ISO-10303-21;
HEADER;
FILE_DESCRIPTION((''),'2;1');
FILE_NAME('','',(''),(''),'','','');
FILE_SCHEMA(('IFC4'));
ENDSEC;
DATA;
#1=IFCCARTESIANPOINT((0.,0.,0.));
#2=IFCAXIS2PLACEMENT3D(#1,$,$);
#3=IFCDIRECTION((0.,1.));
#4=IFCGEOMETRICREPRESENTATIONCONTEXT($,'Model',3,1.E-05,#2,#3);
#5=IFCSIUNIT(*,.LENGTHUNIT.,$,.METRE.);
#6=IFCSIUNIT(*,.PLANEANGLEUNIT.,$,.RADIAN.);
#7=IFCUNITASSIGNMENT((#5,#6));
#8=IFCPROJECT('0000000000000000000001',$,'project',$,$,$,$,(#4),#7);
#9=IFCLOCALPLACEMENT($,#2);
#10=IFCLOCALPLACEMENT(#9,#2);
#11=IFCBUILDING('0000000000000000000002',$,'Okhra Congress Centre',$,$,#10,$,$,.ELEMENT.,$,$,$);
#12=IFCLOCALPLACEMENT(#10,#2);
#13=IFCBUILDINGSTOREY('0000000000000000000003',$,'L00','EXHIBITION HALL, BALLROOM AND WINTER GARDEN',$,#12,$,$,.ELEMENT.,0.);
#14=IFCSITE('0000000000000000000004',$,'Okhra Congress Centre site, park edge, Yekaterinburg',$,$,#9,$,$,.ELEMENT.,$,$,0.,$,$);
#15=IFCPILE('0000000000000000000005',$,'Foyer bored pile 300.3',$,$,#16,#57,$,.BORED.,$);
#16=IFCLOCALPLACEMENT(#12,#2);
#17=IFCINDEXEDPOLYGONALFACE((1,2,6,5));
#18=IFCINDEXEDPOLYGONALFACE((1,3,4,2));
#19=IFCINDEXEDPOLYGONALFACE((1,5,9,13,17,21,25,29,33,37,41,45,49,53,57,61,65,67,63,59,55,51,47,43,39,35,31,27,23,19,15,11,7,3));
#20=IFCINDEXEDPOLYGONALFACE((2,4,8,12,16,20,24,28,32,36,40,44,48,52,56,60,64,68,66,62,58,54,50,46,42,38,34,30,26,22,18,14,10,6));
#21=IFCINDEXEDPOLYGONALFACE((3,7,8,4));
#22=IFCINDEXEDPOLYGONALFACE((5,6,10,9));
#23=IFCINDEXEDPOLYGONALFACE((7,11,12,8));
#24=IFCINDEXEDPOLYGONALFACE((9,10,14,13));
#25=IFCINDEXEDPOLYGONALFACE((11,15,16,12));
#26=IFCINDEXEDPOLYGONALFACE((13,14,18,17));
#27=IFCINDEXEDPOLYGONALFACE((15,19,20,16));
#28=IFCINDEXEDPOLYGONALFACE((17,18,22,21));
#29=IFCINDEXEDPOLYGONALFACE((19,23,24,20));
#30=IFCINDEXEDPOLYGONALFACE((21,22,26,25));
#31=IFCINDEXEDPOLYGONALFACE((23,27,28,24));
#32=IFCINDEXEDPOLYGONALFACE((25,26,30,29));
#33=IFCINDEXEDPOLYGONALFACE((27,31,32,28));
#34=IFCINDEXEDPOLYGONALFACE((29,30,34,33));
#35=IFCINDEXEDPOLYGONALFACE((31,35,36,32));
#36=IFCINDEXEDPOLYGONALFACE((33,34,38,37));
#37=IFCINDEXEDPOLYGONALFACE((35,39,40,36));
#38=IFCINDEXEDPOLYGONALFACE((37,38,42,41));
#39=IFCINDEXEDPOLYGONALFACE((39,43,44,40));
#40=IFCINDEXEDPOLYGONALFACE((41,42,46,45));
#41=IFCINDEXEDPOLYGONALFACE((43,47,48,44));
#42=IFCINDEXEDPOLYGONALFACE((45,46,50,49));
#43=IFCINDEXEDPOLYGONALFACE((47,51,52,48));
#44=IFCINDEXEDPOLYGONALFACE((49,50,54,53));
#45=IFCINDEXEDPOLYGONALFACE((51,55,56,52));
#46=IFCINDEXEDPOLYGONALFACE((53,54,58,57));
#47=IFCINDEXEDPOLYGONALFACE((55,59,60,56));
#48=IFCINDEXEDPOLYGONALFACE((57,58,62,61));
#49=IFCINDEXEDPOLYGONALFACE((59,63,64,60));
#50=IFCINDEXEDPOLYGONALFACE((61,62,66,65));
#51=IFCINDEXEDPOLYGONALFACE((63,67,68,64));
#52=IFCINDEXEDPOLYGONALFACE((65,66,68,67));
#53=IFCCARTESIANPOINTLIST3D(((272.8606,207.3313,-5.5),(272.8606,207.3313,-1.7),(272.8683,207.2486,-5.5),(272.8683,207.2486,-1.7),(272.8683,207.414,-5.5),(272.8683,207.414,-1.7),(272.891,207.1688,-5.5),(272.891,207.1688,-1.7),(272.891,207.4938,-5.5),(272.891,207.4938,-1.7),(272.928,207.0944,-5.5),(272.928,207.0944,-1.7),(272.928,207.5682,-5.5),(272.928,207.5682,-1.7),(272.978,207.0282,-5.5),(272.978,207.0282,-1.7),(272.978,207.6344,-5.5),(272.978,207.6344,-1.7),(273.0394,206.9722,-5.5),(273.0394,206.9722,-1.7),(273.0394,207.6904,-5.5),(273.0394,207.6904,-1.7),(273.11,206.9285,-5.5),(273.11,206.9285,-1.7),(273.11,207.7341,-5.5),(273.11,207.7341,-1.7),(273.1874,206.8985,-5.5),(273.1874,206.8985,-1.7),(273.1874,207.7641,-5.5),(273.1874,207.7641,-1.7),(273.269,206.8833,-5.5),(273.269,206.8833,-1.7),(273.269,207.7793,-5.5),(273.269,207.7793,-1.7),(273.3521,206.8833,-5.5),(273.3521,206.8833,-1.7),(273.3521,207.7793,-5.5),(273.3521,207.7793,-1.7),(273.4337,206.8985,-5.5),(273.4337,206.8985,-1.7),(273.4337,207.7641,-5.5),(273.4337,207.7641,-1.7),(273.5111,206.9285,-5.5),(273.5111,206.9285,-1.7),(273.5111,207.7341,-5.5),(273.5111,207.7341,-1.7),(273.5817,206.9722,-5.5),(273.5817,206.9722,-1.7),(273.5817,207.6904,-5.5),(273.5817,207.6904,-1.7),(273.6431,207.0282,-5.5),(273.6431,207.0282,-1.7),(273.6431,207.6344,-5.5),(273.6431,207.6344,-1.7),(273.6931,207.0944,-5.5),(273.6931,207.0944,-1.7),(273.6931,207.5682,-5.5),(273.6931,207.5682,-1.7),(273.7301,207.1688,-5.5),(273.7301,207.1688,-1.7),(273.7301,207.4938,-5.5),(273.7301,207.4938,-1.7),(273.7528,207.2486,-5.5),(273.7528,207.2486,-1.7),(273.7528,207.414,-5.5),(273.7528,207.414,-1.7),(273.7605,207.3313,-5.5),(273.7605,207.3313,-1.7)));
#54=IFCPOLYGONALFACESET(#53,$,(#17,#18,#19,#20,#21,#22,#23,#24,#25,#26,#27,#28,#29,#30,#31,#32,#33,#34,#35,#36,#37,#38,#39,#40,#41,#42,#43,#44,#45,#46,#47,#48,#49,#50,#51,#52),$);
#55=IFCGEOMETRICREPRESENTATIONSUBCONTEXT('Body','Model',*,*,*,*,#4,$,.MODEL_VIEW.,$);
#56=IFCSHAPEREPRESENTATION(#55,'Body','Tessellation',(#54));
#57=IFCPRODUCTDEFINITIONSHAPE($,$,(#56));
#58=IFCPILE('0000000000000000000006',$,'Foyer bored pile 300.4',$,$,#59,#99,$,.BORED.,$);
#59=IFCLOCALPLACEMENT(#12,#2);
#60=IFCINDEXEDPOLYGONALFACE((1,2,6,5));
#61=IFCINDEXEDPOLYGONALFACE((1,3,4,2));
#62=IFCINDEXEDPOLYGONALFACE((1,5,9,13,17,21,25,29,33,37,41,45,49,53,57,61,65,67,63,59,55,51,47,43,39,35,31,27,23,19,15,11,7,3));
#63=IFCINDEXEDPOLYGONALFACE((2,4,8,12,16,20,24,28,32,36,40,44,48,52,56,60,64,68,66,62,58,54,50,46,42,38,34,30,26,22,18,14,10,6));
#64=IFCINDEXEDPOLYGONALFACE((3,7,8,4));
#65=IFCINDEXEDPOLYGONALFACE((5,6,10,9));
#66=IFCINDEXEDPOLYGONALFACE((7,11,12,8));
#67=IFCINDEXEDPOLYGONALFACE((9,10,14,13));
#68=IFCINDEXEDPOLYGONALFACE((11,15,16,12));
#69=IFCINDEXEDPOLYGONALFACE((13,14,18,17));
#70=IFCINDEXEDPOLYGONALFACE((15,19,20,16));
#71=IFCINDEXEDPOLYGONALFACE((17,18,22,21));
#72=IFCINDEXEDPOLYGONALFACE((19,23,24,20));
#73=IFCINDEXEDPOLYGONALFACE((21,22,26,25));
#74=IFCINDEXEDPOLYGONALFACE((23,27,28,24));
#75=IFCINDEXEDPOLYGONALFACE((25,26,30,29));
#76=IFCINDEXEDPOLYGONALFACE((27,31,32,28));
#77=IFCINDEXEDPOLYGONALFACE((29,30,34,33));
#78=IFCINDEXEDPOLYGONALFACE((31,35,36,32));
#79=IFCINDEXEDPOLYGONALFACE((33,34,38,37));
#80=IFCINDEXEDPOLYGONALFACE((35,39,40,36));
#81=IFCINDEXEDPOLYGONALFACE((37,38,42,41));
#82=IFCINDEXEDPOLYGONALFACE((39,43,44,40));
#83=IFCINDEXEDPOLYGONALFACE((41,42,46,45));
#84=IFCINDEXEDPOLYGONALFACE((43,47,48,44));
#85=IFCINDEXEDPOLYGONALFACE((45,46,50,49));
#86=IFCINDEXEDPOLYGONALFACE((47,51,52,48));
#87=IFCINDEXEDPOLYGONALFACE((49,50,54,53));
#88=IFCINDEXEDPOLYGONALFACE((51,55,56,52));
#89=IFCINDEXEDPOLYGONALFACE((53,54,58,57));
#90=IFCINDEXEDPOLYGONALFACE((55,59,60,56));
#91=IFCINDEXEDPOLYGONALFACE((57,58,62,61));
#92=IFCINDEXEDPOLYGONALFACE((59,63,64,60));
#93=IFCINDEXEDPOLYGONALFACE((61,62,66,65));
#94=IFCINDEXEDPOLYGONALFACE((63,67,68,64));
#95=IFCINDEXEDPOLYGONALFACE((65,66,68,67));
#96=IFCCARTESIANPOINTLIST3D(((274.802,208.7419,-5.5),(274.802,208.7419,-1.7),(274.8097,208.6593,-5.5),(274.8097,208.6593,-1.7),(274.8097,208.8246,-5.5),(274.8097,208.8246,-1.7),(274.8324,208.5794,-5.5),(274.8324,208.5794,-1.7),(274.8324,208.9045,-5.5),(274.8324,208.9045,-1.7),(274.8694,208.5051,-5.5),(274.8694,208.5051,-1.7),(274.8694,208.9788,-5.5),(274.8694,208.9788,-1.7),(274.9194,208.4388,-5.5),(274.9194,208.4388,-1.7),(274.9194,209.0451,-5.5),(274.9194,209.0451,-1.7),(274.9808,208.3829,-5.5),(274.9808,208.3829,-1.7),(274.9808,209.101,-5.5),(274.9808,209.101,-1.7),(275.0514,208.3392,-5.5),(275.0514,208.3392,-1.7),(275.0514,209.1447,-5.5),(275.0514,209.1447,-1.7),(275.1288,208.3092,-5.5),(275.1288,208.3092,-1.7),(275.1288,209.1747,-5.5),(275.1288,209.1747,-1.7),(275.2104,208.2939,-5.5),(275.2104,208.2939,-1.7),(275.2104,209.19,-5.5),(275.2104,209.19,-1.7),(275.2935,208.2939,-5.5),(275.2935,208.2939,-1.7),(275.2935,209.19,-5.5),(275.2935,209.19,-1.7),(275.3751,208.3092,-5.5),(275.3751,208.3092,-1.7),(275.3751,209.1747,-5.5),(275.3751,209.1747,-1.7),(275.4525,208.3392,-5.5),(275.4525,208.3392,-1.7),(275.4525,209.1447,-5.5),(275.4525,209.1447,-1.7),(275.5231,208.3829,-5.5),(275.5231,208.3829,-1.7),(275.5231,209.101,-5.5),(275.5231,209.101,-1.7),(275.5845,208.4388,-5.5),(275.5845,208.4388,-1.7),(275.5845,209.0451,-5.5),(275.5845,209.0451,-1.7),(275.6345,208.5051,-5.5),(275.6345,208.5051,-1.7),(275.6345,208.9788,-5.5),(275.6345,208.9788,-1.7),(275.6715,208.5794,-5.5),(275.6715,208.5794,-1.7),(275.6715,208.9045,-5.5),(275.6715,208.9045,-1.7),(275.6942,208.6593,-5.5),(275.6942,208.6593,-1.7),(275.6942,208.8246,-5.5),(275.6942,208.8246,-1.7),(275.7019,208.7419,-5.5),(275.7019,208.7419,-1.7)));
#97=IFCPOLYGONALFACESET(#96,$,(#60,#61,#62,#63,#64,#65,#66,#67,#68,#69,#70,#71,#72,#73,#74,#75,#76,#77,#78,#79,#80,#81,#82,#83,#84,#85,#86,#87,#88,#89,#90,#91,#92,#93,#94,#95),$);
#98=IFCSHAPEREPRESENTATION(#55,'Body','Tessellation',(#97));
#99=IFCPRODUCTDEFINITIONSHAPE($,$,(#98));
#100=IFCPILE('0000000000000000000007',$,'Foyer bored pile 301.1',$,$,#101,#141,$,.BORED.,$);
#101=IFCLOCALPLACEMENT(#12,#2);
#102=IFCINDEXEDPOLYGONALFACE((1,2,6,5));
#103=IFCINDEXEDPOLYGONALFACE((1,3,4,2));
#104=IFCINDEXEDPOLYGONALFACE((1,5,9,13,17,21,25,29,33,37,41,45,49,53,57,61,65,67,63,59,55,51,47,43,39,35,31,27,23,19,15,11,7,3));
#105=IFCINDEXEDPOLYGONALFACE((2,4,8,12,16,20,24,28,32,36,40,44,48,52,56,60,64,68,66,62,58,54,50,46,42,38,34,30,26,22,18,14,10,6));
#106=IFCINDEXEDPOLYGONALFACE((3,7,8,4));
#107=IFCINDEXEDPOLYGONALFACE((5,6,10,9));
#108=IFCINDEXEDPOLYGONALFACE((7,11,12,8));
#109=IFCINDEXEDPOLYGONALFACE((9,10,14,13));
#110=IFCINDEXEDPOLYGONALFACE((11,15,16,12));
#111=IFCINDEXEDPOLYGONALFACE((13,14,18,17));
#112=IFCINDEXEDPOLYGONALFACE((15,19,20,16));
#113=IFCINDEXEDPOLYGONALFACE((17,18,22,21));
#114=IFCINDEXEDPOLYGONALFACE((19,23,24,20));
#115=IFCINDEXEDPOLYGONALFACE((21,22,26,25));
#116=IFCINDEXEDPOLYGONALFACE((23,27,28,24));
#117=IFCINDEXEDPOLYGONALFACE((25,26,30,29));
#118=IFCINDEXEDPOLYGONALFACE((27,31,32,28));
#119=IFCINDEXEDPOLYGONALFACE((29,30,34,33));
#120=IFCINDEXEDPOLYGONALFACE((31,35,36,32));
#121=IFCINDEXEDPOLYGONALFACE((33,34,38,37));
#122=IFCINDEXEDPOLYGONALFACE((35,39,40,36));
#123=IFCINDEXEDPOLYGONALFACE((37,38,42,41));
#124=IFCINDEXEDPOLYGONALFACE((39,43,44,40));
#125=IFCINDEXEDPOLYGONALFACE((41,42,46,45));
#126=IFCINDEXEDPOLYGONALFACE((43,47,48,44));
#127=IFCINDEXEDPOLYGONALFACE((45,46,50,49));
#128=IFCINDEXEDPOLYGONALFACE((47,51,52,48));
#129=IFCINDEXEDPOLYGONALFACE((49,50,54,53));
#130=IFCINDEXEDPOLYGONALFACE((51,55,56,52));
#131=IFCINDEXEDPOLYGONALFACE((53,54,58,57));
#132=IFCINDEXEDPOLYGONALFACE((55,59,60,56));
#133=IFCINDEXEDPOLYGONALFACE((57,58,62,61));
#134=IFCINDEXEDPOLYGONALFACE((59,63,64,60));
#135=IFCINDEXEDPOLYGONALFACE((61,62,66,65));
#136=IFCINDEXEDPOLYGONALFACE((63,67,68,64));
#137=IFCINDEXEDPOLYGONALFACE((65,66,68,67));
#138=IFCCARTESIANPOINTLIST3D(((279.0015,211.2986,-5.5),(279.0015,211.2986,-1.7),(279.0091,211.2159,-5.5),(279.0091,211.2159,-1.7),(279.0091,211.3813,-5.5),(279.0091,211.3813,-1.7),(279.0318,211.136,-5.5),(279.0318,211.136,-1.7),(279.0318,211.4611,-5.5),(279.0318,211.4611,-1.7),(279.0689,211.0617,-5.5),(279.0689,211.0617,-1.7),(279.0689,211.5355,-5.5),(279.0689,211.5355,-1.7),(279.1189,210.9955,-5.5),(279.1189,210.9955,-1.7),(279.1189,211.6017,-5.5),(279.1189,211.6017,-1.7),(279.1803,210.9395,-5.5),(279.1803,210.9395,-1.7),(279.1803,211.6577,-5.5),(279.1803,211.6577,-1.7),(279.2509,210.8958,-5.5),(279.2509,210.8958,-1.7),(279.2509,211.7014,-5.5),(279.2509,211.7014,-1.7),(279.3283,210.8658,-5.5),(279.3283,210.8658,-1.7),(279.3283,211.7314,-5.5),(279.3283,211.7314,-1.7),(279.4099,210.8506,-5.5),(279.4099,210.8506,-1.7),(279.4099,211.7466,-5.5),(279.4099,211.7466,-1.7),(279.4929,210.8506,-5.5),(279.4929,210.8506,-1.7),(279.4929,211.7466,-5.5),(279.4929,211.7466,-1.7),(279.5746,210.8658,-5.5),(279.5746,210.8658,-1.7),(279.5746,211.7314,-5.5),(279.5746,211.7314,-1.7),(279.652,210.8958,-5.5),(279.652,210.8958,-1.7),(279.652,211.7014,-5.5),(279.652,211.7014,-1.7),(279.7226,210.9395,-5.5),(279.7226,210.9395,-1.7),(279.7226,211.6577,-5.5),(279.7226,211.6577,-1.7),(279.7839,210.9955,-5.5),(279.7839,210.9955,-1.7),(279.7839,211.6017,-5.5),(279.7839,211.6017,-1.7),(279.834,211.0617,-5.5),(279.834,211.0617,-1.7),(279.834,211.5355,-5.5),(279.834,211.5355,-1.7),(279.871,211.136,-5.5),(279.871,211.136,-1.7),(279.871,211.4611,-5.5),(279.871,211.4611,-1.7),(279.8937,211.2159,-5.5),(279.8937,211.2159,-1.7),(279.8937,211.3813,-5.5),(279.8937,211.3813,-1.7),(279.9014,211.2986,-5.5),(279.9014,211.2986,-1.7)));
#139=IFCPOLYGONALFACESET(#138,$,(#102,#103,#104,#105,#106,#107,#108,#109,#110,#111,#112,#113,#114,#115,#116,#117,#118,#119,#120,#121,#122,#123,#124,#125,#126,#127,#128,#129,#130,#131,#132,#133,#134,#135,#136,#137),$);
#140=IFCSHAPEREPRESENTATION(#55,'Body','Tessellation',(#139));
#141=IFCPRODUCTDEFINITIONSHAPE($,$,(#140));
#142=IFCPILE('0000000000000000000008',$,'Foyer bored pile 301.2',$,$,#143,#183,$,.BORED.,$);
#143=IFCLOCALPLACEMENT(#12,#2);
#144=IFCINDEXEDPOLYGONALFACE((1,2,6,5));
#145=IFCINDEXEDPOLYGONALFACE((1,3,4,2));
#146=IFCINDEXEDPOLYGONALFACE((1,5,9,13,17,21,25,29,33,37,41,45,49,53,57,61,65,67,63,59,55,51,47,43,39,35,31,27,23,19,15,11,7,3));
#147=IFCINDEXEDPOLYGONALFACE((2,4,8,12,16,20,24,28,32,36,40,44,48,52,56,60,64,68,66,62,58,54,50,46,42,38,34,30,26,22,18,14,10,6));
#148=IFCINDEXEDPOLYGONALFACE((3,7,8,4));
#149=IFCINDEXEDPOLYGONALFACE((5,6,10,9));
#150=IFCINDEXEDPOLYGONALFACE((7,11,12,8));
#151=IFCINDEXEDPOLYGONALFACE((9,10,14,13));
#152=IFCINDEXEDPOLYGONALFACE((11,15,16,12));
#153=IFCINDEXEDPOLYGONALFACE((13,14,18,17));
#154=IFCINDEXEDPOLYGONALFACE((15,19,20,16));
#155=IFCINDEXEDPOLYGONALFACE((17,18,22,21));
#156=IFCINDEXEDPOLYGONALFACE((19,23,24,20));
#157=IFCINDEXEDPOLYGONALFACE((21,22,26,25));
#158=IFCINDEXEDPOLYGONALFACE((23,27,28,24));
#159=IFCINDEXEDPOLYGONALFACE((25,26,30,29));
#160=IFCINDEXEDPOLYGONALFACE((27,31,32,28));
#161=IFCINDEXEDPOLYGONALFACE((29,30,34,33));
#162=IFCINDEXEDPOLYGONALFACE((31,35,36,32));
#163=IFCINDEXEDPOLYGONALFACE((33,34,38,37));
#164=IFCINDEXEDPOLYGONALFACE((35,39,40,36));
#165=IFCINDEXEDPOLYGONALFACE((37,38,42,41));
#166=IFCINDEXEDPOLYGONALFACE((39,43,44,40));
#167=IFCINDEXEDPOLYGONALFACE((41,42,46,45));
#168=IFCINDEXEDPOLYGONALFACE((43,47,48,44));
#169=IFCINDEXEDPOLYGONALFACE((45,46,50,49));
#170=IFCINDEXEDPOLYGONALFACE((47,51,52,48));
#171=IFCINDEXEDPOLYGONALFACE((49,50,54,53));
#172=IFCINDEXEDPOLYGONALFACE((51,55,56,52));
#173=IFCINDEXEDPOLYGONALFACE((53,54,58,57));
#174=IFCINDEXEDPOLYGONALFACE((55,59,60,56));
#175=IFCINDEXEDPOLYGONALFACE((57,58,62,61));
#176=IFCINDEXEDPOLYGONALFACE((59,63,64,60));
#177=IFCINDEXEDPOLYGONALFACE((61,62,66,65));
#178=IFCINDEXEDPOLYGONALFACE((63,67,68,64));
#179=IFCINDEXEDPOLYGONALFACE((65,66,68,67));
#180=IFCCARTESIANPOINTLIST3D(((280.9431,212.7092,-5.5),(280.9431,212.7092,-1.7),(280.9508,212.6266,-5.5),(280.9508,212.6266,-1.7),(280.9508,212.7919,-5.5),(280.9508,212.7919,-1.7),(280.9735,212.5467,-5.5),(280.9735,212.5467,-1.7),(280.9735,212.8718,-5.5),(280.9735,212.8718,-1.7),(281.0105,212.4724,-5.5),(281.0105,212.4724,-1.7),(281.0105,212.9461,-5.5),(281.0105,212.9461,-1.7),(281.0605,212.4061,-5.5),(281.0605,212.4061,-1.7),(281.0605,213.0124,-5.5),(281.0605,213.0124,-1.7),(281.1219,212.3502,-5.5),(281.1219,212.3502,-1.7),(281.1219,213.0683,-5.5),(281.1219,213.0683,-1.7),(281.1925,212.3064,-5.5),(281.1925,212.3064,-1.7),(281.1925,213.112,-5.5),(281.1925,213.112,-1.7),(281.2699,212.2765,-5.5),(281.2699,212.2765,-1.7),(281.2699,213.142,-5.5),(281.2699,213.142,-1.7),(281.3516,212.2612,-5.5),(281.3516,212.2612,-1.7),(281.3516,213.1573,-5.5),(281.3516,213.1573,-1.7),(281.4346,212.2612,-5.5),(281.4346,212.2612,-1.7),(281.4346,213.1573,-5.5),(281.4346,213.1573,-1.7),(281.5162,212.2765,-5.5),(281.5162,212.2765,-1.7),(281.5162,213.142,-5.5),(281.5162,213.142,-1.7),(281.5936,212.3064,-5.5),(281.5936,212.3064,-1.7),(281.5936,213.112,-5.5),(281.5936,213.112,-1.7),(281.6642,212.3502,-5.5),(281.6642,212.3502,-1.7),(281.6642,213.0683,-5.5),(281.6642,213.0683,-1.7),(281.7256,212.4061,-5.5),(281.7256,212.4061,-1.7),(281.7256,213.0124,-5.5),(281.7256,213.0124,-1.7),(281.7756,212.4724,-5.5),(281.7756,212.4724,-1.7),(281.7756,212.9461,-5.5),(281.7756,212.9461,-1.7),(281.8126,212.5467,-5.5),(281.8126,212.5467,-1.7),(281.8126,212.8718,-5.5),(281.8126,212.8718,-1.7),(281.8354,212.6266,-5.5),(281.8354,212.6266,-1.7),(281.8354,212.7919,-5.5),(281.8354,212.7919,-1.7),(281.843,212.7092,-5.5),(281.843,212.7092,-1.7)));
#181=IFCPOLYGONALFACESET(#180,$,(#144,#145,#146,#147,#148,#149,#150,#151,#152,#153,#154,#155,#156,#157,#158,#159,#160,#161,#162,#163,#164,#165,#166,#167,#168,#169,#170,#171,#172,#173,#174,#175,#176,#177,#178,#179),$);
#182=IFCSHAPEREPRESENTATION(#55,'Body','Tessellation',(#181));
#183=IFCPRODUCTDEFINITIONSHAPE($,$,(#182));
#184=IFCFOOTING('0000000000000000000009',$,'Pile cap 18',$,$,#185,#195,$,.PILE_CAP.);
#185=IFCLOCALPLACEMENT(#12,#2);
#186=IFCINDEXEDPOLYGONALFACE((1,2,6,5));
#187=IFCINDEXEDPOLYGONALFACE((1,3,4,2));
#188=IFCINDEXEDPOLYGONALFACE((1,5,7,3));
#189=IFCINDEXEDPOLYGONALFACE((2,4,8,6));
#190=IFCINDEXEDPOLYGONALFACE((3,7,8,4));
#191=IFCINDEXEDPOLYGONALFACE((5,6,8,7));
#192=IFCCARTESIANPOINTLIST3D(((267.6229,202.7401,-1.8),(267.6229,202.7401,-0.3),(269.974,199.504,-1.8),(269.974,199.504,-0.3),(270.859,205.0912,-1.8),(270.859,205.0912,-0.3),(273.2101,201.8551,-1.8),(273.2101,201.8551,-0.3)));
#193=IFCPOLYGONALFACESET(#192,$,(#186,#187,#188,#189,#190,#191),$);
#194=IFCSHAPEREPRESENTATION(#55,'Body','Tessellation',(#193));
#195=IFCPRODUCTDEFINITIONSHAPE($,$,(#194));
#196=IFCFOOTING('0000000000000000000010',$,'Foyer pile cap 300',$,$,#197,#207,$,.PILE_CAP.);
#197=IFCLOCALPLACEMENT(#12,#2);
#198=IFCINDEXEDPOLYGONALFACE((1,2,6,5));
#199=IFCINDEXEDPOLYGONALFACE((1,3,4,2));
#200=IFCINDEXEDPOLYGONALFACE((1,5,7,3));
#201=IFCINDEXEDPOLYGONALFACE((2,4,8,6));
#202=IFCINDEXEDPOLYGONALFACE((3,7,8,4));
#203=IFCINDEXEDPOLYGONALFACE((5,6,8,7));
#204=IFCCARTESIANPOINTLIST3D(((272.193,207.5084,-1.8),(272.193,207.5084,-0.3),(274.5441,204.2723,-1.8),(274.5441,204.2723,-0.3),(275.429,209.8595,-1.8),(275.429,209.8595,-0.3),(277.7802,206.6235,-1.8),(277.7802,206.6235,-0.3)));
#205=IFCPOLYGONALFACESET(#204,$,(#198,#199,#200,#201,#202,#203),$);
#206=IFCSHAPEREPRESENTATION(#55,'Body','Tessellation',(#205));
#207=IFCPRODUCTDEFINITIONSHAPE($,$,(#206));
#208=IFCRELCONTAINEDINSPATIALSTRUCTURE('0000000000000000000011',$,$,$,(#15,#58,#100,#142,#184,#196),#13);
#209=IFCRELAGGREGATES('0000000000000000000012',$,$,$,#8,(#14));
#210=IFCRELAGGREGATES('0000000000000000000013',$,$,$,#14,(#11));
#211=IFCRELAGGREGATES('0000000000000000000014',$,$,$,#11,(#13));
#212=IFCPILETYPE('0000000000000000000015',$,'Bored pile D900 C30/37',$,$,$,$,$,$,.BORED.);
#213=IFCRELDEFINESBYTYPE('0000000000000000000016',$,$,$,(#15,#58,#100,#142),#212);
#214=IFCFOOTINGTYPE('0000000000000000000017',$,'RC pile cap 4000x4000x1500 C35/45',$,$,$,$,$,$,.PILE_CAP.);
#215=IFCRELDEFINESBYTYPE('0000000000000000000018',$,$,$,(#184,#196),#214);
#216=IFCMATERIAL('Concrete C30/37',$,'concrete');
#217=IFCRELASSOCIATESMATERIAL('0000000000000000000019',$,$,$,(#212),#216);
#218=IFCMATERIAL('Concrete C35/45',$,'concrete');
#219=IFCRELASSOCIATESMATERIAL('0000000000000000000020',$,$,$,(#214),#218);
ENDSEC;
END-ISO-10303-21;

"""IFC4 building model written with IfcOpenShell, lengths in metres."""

from ifc_helpers import new_model, si_unit, direction, frame, origin, origin_2d, place, context, subcontext, project, spatial, rectangle, circle, extrude, material, material_profile, profile_set, type_object, element, save


model = new_model("IFC4")

# Units and contexts
model_context = context("Model", 3, precision=1e-05, world=origin(), true_north=direction((0.0, 1.0)))
body_context = subcontext(model_context, "Body", "Model", "MODEL_VIEW")
ifc_project = project(units=[si_unit("LENGTHUNIT", "METRE"), si_unit("PLANEANGLEUNIT", "RADIAN")], contexts=[model_context])

# Site, building, storey
site_placement = place(None, origin())
site = spatial("IfcSite", under=ifc_project, at=site_placement, Name="Okhra Congress Centre site, park edge, Yekaterinburg", CompositionType="ELEMENT", RefElevation=0.0)
building_placement = place(site_placement, origin())
building = spatial("IfcBuilding", under=site, at=building_placement, Name="Okhra Congress Centre", CompositionType="ELEMENT")
storey_placement = place(building_placement, origin())
storey = spatial("IfcBuildingStorey", under=building, at=storey_placement, Name="L00", Description="EXHIBITION HALL, BALLROOM AND WINTER GARDEN", CompositionType="ELEMENT", Elevation=0.0)

# Piles
ifc_material_1 = material(Name="Concrete C30/37", Category="concrete")
ifc_material_profile = material_profile(ifc_material_1, circle(Radius=0.45, at=origin_2d()), Name="D900")
ifc_profile_set = profile_set([ifc_material_profile], Name="Concrete C30/37")
pile_type = type_object("IfcPileType", Name="Bored pile D900 C30/37", PredefinedType="BORED", material=ifc_profile_set)
for number, where, z_axis, x_axis, name in (
    (1, (273.3105, 207.3313, -1.7), (0.0, 0.0, -1.0), (1.0, 0.0, 0.0), "Foyer bored pile 300.3"),
    (2, (275.252, 208.7419, -1.7), (0.0, 0.0, -1.0), (1.0, 0.0, 0.0), "Foyer bored pile 300.4"),
    (3, (279.4514, 211.2986, -1.7), (0.0, 0.0, -1.0), (1.0, 0.0, 0.0), "Foyer bored pile 301.1"),
    (4, (281.3931, 212.7092, -1.7), (0.0, 0.0, -1.0), (1.0, 0.0, 0.0), "Foyer bored pile 301.2"),
):
    element("IfcPile", number, at=place(storey_placement, frame(where, z_axis=z_axis, x_axis=x_axis)), inside=storey, type_object=pile_type, Name=name, PredefinedType="BORED", context=body_context, shape_type="SweptSolid", body=[
        extrude(circle(Radius=0.45, at=origin_2d()), origin(), (0.0, 0.0, 1.0), 3.8),
    ])

# Footings
ifc_material_2 = material(Name="Concrete C35/45", Category="concrete")
footing_type_1 = type_object("IfcFootingType", Name="RC pile cap 4000x4000x1500 C35/45", PredefinedType="PILE_CAP", material=ifc_material_2)
for number, where, z_axis, x_axis, name in (
    (5, (270.4165, 202.2976, -1.8), (0.0, 0.0, 1.0), (0.809017, 0.587785, 0.0), "Pile cap 18"),
    (6, (274.9866, 207.0659, -1.8), (0.0, 0.0, 1.0), (0.809017, 0.587785, 0.0), "Foyer pile cap 300"),
):
    element("IfcFooting", number, at=place(storey_placement, frame(where, z_axis=z_axis, x_axis=x_axis)), inside=storey, type_object=footing_type_1, Name=name, PredefinedType="PILE_CAP", context=body_context, shape_type="SweptSolid", body=[
        extrude(rectangle(XDim=4.0, YDim=4.0, at=origin_2d()), origin(), (0.0, 0.0, 1.0), 1.5),
    ])

save(model, "model.ifc")
